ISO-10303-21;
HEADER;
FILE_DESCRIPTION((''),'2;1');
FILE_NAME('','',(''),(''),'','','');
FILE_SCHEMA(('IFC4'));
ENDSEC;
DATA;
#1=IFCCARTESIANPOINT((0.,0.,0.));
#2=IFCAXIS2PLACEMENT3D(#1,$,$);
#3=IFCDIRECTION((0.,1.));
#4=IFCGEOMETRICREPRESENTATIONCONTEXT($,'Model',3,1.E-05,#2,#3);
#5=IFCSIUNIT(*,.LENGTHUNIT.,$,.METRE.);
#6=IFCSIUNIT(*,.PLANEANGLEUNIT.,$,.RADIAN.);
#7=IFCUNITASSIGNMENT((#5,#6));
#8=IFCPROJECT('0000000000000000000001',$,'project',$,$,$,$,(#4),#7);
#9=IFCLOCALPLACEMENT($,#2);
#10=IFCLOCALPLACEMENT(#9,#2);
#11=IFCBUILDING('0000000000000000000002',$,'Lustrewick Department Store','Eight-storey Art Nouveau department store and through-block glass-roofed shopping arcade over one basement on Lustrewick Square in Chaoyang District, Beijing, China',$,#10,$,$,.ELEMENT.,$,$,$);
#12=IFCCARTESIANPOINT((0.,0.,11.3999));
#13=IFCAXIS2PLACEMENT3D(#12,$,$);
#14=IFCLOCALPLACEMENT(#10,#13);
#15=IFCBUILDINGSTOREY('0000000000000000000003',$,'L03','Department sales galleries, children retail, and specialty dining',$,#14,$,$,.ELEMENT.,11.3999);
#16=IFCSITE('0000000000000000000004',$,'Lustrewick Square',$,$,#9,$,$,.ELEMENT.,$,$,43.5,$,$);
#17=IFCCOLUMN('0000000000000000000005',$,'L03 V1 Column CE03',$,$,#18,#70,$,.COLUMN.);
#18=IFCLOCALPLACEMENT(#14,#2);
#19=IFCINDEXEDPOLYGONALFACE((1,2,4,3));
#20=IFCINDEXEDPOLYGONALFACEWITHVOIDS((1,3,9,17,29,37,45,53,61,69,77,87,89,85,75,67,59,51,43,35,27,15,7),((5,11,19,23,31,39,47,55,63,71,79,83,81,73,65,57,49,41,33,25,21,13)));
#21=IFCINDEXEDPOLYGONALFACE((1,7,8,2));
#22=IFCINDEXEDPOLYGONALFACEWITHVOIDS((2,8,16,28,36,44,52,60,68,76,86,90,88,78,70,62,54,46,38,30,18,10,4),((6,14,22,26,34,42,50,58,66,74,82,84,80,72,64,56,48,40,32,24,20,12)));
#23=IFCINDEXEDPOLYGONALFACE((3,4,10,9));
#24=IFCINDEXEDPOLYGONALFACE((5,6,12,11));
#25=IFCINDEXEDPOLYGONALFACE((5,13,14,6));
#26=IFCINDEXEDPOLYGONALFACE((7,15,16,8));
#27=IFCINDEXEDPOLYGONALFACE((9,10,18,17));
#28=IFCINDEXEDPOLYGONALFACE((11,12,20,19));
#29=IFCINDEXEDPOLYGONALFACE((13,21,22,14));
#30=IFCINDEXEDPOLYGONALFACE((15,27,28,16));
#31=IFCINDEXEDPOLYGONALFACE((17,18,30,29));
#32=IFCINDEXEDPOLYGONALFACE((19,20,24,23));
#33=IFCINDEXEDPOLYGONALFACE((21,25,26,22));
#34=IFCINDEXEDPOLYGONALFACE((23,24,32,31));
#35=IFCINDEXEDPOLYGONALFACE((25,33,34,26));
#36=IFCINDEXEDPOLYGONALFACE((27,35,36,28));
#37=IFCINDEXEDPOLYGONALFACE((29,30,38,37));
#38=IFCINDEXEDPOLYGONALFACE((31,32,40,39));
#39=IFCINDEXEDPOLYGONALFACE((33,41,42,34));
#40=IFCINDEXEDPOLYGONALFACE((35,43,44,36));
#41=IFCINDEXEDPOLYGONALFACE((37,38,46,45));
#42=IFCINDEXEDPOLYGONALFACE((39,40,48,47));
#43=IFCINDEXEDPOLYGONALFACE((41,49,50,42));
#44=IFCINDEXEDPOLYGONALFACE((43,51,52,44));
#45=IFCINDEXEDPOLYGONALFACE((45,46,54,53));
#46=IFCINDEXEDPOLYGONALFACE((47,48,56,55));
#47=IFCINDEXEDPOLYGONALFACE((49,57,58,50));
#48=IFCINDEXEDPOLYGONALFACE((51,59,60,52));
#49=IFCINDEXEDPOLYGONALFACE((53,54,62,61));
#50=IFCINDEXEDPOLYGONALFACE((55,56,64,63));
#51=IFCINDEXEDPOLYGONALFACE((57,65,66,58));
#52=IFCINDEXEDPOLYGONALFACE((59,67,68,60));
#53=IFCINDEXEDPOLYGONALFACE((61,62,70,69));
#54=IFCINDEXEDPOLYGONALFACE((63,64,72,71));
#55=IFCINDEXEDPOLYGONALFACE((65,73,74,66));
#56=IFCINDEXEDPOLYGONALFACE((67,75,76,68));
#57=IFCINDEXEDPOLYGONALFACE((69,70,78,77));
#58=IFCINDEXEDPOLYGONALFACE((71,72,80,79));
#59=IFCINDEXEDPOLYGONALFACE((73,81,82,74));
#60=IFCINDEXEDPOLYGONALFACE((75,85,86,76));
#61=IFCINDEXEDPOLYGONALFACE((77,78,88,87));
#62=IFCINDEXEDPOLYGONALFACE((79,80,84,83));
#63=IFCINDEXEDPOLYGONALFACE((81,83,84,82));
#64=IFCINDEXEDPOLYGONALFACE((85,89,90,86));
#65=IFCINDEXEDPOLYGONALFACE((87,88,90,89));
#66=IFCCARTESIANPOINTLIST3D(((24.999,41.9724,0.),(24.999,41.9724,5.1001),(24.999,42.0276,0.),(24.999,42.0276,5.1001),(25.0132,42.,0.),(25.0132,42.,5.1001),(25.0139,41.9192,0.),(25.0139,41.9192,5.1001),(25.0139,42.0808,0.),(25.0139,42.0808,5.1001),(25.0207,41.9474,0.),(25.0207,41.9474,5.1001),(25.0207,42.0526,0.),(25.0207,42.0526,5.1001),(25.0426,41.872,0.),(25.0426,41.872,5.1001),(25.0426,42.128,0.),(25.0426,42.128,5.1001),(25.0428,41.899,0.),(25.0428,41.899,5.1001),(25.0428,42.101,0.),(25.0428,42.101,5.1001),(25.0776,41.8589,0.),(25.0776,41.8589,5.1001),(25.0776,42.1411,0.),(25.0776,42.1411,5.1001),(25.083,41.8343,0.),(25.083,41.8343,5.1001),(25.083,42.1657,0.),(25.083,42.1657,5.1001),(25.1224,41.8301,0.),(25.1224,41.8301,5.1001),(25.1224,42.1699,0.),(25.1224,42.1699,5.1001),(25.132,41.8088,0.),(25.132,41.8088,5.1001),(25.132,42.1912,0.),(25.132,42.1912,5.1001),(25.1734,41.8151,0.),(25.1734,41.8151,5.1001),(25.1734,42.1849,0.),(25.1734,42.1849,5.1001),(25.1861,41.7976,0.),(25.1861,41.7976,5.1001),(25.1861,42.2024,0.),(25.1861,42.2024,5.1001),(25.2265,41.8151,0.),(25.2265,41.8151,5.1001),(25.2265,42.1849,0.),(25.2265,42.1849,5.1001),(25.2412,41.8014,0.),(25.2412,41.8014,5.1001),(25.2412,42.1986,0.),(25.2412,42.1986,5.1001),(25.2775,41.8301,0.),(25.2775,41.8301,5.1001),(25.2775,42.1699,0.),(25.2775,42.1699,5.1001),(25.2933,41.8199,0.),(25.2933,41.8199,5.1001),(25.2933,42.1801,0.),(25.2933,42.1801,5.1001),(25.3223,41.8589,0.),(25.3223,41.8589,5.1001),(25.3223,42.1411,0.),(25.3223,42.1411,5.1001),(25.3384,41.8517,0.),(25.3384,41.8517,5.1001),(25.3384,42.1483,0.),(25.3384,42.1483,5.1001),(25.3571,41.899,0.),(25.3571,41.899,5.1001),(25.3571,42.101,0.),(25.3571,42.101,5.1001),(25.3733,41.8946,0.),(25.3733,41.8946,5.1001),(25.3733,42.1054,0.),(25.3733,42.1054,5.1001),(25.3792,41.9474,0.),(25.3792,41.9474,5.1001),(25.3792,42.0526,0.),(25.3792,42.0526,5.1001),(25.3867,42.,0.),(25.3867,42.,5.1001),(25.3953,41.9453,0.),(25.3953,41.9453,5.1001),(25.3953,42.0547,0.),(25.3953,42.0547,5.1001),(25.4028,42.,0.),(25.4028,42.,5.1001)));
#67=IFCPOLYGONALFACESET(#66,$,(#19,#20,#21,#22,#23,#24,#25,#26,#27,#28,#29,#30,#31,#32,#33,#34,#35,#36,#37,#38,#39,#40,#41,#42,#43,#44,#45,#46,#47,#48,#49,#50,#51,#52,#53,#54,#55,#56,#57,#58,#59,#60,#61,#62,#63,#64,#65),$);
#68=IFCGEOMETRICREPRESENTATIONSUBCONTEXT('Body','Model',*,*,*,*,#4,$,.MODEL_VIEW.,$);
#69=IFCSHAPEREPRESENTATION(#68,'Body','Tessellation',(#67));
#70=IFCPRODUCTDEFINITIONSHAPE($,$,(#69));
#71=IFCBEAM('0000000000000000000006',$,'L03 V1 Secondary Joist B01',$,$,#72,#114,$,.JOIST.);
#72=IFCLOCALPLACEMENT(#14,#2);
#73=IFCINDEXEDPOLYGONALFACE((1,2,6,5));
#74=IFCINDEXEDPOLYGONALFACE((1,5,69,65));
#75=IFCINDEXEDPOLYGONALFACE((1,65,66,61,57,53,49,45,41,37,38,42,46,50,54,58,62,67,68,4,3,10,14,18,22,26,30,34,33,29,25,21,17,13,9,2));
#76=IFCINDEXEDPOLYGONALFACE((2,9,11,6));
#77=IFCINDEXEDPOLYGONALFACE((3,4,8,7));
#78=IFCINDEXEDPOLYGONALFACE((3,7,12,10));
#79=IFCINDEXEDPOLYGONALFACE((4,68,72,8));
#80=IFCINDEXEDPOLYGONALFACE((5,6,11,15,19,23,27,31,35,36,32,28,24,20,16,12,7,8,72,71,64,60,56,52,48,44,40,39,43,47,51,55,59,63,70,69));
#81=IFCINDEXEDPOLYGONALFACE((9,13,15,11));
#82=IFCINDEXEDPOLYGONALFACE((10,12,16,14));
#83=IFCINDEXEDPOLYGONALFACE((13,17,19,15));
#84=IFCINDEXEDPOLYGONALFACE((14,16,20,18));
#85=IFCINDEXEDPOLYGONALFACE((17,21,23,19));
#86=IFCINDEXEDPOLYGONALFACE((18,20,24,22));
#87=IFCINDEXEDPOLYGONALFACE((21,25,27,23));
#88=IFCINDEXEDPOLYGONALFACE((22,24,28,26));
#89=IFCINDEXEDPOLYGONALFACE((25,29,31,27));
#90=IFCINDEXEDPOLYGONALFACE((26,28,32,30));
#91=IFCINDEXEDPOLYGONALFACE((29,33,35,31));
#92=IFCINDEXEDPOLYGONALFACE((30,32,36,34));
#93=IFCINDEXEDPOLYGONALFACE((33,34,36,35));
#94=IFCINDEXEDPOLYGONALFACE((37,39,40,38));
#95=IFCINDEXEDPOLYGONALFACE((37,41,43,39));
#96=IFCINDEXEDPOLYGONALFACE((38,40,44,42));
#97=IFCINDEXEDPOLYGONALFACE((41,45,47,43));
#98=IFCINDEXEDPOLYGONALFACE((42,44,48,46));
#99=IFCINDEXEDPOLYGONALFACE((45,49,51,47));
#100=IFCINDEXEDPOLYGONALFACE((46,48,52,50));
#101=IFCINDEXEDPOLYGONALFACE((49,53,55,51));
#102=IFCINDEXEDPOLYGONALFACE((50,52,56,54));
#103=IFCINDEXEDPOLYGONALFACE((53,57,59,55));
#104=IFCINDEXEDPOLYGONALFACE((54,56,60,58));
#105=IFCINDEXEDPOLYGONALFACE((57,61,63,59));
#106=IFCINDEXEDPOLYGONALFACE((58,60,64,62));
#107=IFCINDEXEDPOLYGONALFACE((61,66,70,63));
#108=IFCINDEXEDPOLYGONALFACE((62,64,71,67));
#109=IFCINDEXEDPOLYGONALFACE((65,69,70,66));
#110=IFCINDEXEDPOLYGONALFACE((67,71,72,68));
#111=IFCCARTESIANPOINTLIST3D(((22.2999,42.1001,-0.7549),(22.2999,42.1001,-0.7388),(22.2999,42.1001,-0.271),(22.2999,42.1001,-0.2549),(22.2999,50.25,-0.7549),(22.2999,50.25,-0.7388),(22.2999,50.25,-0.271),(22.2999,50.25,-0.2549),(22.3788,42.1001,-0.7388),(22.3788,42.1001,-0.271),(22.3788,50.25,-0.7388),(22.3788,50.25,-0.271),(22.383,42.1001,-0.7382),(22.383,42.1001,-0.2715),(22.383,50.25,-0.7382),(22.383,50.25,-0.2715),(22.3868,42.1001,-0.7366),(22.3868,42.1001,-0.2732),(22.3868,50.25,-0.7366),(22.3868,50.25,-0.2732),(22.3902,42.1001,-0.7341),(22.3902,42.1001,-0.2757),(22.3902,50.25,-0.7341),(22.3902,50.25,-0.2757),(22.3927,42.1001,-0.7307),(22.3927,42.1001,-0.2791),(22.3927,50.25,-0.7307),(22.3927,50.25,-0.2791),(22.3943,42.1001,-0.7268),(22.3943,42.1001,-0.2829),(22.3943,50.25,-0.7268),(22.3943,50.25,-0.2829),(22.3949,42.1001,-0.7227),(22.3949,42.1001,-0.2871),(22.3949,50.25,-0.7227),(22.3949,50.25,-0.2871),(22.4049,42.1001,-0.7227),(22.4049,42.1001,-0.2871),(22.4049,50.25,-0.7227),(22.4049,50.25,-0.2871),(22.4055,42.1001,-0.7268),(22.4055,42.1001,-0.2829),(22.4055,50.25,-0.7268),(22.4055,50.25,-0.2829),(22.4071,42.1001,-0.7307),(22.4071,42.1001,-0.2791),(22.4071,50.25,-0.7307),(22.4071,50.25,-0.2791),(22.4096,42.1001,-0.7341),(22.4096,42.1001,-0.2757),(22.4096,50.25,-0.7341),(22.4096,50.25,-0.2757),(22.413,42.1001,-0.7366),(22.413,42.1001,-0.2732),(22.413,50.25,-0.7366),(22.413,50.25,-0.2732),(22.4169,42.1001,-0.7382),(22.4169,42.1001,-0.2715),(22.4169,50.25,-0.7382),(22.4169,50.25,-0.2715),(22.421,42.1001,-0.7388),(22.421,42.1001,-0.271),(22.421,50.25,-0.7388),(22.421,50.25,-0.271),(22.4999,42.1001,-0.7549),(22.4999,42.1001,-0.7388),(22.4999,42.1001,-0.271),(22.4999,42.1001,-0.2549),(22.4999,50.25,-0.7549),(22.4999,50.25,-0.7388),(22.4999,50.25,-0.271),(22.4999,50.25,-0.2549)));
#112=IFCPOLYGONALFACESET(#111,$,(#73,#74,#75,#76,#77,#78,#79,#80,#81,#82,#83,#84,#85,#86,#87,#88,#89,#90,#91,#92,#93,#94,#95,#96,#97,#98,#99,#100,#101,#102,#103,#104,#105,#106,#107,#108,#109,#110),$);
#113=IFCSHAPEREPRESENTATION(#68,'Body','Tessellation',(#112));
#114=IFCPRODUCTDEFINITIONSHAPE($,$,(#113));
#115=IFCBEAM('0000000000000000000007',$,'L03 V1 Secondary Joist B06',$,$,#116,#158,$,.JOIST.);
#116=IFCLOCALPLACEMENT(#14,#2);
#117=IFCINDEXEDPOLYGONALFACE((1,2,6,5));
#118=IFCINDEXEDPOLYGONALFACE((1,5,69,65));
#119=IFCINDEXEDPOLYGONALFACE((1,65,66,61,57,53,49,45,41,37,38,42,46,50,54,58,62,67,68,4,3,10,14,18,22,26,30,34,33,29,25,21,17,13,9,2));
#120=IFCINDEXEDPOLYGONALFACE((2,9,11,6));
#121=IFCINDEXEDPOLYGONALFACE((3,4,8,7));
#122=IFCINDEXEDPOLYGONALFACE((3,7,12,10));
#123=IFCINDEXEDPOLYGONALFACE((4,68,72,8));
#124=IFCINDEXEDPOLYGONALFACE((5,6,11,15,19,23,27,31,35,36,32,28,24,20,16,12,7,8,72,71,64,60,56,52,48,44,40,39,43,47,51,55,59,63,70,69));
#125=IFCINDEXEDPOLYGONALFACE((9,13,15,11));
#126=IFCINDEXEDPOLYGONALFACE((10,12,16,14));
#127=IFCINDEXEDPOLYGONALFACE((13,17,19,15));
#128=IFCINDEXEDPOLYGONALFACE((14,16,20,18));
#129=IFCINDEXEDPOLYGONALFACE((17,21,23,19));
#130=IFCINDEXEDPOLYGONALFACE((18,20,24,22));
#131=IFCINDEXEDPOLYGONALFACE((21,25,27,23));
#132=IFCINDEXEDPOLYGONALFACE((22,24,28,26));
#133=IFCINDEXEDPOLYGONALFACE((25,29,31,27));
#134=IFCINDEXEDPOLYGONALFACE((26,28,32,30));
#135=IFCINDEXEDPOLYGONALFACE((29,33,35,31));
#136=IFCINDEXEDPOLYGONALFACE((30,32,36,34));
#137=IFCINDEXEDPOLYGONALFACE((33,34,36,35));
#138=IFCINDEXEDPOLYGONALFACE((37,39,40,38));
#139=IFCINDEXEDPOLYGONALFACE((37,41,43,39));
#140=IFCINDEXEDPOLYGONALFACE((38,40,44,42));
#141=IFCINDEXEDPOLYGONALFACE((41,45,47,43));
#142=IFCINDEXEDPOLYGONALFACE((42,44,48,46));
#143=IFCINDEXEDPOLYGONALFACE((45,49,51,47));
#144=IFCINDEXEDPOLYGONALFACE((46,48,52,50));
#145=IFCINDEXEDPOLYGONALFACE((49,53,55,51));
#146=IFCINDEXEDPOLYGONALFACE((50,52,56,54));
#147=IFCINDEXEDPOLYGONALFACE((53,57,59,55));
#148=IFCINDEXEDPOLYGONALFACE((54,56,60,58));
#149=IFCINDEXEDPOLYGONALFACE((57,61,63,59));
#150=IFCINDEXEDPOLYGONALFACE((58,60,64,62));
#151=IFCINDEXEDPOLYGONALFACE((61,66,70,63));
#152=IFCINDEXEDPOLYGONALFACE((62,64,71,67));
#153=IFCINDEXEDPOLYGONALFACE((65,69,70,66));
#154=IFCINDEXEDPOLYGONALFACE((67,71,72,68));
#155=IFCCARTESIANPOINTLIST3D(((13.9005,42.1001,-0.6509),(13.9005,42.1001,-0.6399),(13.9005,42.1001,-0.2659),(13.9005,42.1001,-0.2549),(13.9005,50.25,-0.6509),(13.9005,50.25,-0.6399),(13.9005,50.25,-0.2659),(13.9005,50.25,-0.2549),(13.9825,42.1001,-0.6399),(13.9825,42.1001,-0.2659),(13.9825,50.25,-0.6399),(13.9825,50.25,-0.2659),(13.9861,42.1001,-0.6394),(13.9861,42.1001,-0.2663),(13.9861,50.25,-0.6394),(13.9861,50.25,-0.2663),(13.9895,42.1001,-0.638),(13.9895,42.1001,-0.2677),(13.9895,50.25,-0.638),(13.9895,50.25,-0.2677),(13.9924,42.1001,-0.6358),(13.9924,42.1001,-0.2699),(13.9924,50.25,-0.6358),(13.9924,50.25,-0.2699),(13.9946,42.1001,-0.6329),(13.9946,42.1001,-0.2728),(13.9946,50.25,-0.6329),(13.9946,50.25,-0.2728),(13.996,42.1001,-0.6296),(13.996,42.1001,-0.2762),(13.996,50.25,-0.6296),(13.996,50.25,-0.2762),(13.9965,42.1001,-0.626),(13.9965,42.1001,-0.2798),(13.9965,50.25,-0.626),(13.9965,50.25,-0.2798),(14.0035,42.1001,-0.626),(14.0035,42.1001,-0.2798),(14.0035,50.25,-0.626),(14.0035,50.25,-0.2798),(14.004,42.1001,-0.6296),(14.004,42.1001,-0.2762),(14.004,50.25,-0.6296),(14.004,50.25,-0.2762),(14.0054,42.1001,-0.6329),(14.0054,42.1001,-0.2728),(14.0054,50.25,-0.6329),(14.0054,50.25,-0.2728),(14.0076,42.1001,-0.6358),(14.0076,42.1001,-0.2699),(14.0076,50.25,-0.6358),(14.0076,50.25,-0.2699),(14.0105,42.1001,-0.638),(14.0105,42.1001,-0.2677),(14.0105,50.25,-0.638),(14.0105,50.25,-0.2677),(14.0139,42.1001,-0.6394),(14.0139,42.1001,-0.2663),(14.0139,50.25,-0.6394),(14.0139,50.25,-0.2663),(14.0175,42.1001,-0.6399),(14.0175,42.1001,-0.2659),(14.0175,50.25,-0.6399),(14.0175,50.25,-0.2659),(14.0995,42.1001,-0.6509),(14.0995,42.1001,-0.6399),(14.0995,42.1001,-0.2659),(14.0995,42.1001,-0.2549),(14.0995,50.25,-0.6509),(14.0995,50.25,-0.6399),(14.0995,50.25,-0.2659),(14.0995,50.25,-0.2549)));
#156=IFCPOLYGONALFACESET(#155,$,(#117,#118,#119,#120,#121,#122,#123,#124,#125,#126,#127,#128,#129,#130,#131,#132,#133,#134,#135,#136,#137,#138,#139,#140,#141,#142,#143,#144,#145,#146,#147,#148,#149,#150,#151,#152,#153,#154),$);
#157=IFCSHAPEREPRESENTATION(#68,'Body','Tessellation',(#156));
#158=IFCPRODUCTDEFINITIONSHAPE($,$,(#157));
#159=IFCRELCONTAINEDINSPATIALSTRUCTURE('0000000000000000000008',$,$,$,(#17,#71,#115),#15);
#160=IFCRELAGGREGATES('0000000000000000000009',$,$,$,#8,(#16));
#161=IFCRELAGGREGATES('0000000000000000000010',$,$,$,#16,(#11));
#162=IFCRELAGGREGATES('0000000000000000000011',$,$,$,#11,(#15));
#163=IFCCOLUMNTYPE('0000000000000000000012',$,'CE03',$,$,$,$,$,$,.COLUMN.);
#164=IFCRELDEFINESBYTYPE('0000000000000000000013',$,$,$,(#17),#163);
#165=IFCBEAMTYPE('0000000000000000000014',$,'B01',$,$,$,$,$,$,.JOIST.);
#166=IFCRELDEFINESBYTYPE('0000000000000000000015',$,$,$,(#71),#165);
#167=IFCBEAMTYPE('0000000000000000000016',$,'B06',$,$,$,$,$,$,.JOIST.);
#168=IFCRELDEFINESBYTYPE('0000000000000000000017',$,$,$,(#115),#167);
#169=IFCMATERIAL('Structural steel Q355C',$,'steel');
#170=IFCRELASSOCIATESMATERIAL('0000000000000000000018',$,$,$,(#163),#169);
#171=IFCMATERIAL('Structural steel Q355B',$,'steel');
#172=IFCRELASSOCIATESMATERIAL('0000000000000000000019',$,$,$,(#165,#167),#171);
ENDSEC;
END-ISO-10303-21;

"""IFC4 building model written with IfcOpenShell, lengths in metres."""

from ifc_helpers import new_model, si_unit, direction, frame, origin, origin_2d, place, context, subcontext, project, spatial, hollow_circle, i_section, extrude, material, material_profile, profile_set, type_object, element, save


model = new_model("IFC4")

# Units and contexts
model_context = context("Model", 3, precision=1e-05, world=origin(), true_north=direction((0.0, 1.0)))
body_context = subcontext(model_context, "Body", "Model", "MODEL_VIEW")
ifc_project = project(units=[si_unit("LENGTHUNIT", "METRE"), si_unit("PLANEANGLEUNIT", "RADIAN")], contexts=[model_context])

# Site, building, storey
site_placement = place(None, origin())
site = spatial("IfcSite", under=ifc_project, at=site_placement, Name="Lustrewick Square", CompositionType="ELEMENT", RefElevation=43.5)
building_placement = place(site_placement, origin())
building = spatial("IfcBuilding", under=site, at=building_placement, Name="Lustrewick Department Store", Description="Eight-storey Art Nouveau department store and through-block glass-roofed shopping arcade over one basement on Lustrewick Square in Chaoyang District, Beijing, China", CompositionType="ELEMENT")
storey_placement = place(building_placement, frame((0.0, 0.0, 11.3999)))
storey = spatial("IfcBuildingStorey", under=building, at=storey_placement, Name="L03", Description="Department sales galleries, children retail, and specialty dining", CompositionType="ELEMENT", Elevation=11.3999)

# Column
ifc_material_1 = material(Name="Structural steel Q355B", Category="steel")
ifc_material_2 = material(Name="Structural steel Q355C", Category="steel")
ifc_material_profile_1 = material_profile(ifc_material_2, hollow_circle(Radius=0.2029, WallThickness=0.0161, at=origin_2d()), Name="CHS 406x16")
ifc_profile_set_1 = profile_set([ifc_material_profile_1], Name="Structural steel Q355C")
column_type_1 = type_object("IfcColumnType", Name="CE03", PredefinedType="COLUMN", material=ifc_profile_set_1)
for number, where, z_axis, x_axis, name in (
    (1, (25.2, 42.0, 0.0), (0.0, 0.0, 1.0), (1.0, 0.0, 0.0), "L03 V1 Column CE03"),
):
    element("IfcColumn", number, at=place(storey_placement, frame(where, z_axis=z_axis, x_axis=x_axis)), inside=storey, type_object=column_type_1, Name=name, PredefinedType="COLUMN", context=body_context, shape_type="SweptSolid", body=[
        extrude(hollow_circle(Radius=0.2029, WallThickness=0.0161, at=origin_2d()), origin(), (0.0, 0.0, 1.0), 5.1001),
    ])

# Beams
ifc_material_profile_2 = material_profile(ifc_material_1, i_section(OverallWidth=0.2, OverallDepth=0.5, WebThickness=0.01, FlangeThickness=0.0161, FilletRadius=0.0161, at=origin_2d()), Name="HN 500x200x10x16")
ifc_profile_set_2 = profile_set([ifc_material_profile_2], Name="Structural steel Q355B")
beam_type_1 = type_object("IfcBeamType", Name="B01", PredefinedType="JOIST", material=ifc_profile_set_2)
beam_1_placement = place(storey_placement, frame((22.3999, 42.1001, -0.5049), z_axis=(0.0, 1.0, 0.0), x_axis=(-1.0, 0.0, 0.0)))
element("IfcBeam", 2, at=beam_1_placement, inside=storey, type_object=beam_type_1, Name="L03 V1 Secondary Joist B01", PredefinedType="JOIST", context=body_context, shape_type="SweptSolid", body=[
    extrude(i_section(OverallWidth=0.2, OverallDepth=0.5, WebThickness=0.01, FlangeThickness=0.0161, FilletRadius=0.0161, at=origin_2d()), origin(), (0.0, 0.0, 1.0), 8.1499),
])
ifc_material_profile_3 = material_profile(ifc_material_1, i_section(OverallWidth=0.199, OverallDepth=0.396, WebThickness=0.0071, FlangeThickness=0.011, FilletRadius=0.0139, at=origin_2d()), Name="HN 396x199x7x11")
ifc_profile_set_3 = profile_set([ifc_material_profile_3], Name="Structural steel Q355B")
beam_type_2 = type_object("IfcBeamType", Name="B06", PredefinedType="JOIST", material=ifc_profile_set_3)
beam_2_placement = place(storey_placement, frame((14.0, 42.1001, -0.4529), z_axis=(0.0, 1.0, 0.0), x_axis=(-1.0, 0.0, 0.0)))
element("IfcBeam", 3, at=beam_2_placement, inside=storey, type_object=beam_type_2, Name="L03 V1 Secondary Joist B06", PredefinedType="JOIST", context=body_context, shape_type="SweptSolid", body=[
    extrude(i_section(OverallWidth=0.199, OverallDepth=0.396, WebThickness=0.0071, FlangeThickness=0.011, FilletRadius=0.0139, at=origin_2d()), origin(), (0.0, 0.0, 1.0), 8.1499),
])

save(model, "model.ifc")
